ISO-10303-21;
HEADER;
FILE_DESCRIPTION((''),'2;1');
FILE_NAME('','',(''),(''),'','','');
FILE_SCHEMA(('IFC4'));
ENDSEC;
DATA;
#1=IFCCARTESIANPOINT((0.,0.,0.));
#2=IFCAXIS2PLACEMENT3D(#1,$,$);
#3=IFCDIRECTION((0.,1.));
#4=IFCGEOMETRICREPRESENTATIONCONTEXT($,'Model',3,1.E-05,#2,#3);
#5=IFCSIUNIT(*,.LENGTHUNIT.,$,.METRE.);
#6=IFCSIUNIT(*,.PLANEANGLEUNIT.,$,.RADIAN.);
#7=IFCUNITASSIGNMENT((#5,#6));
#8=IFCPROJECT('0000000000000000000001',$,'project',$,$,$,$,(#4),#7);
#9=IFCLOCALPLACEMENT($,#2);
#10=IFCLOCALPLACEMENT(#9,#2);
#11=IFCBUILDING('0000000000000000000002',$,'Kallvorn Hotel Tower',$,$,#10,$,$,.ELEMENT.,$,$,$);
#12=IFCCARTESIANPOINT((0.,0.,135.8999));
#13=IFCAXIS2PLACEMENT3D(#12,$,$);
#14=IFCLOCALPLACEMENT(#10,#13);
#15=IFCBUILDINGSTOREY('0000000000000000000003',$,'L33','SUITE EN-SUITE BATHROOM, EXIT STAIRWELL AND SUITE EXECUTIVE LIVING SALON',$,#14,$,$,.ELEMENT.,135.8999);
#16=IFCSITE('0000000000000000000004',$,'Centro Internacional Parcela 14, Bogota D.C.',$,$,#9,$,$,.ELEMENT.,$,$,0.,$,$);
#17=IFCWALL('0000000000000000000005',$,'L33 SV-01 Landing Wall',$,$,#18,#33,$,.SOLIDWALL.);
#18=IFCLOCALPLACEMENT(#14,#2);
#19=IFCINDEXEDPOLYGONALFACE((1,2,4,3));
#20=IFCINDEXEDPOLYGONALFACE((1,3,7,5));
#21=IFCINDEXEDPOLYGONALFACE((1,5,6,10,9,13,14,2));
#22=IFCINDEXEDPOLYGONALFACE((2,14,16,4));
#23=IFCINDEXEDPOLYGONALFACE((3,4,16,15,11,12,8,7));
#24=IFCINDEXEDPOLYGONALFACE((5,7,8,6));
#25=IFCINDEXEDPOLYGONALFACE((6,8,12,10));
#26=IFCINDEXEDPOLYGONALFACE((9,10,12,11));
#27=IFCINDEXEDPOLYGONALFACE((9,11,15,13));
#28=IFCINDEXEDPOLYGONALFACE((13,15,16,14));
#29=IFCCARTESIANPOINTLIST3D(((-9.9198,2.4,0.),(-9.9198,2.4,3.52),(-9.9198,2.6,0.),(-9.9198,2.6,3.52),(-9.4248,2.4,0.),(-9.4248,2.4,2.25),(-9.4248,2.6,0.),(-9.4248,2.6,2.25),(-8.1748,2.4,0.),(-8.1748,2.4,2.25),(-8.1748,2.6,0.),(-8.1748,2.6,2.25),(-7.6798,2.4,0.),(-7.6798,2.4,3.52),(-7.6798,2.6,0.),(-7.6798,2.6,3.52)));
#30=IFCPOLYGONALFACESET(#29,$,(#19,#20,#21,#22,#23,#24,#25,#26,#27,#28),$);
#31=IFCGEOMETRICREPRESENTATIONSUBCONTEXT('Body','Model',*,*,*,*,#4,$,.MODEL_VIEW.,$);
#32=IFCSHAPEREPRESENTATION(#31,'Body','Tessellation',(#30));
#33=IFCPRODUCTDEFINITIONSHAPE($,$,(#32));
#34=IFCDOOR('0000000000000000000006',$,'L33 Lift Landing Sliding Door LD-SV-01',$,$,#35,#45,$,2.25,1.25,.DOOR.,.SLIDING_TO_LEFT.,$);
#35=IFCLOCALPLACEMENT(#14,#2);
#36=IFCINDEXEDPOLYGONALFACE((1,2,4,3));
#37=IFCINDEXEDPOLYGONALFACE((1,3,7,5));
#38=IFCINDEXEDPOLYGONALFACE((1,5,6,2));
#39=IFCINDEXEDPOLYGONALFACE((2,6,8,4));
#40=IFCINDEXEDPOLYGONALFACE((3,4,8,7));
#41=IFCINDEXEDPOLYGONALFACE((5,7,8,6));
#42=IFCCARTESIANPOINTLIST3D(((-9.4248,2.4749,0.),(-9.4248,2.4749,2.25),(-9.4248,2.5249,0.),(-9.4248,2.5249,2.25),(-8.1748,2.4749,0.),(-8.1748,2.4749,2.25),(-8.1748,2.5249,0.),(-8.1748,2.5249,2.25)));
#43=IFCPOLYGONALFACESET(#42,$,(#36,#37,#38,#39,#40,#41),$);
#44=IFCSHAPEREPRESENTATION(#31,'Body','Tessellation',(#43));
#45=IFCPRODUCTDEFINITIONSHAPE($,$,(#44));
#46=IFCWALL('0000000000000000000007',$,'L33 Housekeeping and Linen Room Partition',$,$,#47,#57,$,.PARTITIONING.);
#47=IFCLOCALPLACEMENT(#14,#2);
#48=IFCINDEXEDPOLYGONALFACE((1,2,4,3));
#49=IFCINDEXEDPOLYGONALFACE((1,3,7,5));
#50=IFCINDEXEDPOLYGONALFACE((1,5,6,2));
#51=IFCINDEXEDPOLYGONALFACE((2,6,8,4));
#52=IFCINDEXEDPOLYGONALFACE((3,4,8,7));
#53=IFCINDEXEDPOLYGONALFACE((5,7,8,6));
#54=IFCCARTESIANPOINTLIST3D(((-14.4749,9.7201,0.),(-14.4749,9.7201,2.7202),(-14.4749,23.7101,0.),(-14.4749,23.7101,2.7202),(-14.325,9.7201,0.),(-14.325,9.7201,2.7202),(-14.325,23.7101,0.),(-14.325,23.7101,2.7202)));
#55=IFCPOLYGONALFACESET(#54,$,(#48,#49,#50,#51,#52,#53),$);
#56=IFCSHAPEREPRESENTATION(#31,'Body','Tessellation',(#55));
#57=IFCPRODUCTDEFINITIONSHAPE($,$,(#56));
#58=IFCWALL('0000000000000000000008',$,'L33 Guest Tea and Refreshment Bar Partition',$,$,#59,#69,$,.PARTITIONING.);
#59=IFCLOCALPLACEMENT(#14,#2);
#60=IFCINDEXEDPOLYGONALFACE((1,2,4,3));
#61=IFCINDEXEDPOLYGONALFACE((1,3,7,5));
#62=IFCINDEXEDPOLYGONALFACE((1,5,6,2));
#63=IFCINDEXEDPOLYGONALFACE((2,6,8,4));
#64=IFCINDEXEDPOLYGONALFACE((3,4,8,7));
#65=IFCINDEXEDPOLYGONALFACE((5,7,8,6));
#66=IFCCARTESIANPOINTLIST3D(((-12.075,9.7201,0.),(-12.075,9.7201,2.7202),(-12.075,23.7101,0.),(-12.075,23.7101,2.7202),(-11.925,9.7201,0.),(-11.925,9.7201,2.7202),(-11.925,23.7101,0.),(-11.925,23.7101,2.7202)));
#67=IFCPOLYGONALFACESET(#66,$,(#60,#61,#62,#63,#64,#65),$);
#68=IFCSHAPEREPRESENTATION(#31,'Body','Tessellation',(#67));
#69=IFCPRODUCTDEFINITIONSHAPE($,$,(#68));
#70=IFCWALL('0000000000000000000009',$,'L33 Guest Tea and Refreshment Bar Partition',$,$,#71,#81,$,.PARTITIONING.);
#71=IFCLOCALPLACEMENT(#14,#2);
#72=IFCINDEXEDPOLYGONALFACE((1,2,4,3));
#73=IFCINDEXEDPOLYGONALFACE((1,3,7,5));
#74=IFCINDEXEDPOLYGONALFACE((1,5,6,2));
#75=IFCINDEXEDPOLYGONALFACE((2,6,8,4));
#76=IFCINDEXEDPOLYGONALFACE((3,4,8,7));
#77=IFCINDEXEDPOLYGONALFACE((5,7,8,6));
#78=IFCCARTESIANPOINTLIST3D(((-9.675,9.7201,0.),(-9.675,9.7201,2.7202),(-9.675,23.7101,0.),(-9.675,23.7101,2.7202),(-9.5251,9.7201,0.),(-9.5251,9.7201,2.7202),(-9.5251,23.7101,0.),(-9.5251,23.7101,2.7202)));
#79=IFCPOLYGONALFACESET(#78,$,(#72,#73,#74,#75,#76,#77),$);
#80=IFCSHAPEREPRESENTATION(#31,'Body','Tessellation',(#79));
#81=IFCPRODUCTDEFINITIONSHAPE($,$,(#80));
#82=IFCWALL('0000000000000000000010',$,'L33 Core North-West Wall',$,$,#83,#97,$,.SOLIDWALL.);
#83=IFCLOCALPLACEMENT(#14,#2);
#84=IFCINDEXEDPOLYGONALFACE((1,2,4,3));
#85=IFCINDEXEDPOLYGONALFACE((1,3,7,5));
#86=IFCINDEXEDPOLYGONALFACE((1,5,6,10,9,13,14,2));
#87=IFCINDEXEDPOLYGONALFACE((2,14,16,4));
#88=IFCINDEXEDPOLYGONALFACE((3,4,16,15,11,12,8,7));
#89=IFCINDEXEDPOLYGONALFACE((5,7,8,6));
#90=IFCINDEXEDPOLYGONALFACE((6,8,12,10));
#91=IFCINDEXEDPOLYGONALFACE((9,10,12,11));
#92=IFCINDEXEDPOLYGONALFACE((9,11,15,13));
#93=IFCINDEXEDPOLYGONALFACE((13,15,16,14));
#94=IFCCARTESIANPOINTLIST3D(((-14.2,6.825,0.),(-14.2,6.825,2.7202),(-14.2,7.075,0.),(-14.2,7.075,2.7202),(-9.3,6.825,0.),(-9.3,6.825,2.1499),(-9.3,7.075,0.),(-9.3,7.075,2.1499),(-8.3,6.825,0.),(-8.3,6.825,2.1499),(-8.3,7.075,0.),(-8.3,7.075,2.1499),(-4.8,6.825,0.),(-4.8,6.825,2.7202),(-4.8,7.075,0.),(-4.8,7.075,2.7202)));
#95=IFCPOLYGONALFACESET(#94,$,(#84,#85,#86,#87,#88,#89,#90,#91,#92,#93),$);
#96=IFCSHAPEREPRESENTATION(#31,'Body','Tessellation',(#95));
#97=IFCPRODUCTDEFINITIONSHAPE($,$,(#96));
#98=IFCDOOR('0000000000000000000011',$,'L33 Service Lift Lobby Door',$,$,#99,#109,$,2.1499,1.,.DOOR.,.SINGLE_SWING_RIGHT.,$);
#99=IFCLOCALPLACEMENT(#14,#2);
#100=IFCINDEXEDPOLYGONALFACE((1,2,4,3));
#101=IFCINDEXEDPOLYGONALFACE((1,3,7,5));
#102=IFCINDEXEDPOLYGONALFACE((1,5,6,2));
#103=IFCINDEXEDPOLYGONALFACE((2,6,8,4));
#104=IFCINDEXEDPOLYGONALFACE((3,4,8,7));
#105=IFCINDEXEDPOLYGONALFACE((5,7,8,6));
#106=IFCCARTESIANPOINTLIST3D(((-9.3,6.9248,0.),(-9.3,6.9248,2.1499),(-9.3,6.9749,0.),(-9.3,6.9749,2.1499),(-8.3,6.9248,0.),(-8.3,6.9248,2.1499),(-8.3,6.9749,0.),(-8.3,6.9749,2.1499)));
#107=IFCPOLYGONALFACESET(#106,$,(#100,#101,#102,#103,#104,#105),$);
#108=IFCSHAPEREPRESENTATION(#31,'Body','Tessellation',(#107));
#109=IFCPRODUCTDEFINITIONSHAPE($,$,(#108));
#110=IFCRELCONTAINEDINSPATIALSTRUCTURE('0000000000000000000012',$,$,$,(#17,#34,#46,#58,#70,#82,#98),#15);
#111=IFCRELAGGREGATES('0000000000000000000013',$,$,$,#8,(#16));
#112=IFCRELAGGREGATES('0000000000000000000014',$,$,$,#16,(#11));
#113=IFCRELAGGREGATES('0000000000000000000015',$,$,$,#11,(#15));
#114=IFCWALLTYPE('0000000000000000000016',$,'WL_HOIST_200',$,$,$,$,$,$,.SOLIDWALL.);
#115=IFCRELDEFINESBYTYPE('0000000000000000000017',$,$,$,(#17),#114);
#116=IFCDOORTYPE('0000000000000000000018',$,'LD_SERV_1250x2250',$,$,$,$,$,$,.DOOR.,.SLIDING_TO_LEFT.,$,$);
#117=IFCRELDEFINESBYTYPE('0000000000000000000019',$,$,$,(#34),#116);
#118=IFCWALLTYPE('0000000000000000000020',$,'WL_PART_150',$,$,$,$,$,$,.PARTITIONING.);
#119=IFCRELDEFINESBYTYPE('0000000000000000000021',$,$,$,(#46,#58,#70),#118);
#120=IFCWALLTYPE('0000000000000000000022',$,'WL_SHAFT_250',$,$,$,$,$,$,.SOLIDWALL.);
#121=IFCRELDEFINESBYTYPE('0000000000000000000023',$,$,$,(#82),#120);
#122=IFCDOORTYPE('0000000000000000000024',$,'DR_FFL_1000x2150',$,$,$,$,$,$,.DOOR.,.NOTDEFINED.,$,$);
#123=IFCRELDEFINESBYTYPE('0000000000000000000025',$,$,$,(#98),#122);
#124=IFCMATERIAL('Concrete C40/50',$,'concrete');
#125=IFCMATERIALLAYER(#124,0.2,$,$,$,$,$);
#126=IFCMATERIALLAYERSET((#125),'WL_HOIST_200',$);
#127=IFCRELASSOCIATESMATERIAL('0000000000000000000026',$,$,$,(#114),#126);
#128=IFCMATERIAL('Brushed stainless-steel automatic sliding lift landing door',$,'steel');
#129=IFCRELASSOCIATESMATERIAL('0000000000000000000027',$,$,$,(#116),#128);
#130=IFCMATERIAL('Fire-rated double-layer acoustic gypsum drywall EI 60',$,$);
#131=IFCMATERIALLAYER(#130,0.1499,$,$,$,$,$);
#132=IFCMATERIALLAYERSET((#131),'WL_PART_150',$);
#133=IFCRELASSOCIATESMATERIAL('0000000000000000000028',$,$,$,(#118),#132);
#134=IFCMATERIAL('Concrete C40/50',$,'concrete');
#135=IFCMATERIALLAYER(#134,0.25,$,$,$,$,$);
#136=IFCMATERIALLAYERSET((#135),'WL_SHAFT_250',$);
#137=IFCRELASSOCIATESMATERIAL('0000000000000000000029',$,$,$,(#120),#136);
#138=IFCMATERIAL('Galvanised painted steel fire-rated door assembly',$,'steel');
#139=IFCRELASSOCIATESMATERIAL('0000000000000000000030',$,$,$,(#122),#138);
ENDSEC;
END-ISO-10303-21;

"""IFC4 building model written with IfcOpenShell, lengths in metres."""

from ifc_helpers import new_model, si_unit, direction, frame, frame_2d, origin, place, context, subcontext, project, spatial, rectangle, extrude, material, layer, layer_set, type_object, element, fill, save


model = new_model("IFC4")

# Units and contexts
model_context = context("Model", 3, precision=1e-05, world=origin(), true_north=direction((0.0, 1.0)))
body_context = subcontext(model_context, "Body", "Model", "MODEL_VIEW")
ifc_project = project(units=[si_unit("LENGTHUNIT", "METRE"), si_unit("PLANEANGLEUNIT", "RADIAN")], contexts=[model_context])

# Site, building, storey
site_placement = place(None, origin())
site = spatial("IfcSite", under=ifc_project, at=site_placement, Name="Centro Internacional Parcela 14, Bogota D.C.", CompositionType="ELEMENT", RefElevation=0.0)
building_placement = place(site_placement, origin())
building = spatial("IfcBuilding", under=site, at=building_placement, Name="Kallvorn Hotel Tower", CompositionType="ELEMENT")
storey_placement = place(building_placement, frame((0.0, 0.0, 135.8999)))
storey = spatial("IfcBuildingStorey", under=building, at=storey_placement, Name="L33", Description="SUITE EN-SUITE BATHROOM, EXIT STAIRWELL AND SUITE EXECUTIVE LIVING SALON", CompositionType="ELEMENT", Elevation=135.8999)

# Shared definitions
ifc_material_1 = material(Name="Concrete C40/50", Category="concrete")
ifc_layer_1 = layer(ifc_material_1, 0.2)
ifc_layer_set_1 = layer_set([ifc_layer_1], Name="WL_HOIST_200")
wall_type_1 = type_object("IfcWallType", Name="WL_HOIST_200", PredefinedType="SOLIDWALL", material=ifc_layer_set_1)

# Wall, opening, door
wall_1_placement = place(storey_placement, frame((-9.9199, 2.5, 0.0), z_axis=(0.0, 0.0, 1.0), x_axis=(1.0, 0.0, 0.0)))
wall_1 = element("IfcWall", 1, at=wall_1_placement, inside=storey, type_object=wall_type_1, Name="L33 SV-01 Landing Wall", PredefinedType="SOLIDWALL", context=body_context, shape_type="SweptSolid", body=[
    extrude(rectangle(XDim=2.24, YDim=0.2, at=frame_2d((1.1201, 0.0))), origin(), (0.0, 0.0, 1.0), 3.52),
])
opening_1_placement = place(wall_1_placement, frame((0.4951, 0.0, 0.0)))
opening_1 = element("IfcOpeningElement", 2, at=opening_1_placement, cuts=wall_1, PredefinedType="OPENING", context=body_context, shape_type="SweptSolid", body=[
    extrude(rectangle(XDim=1.25, YDim=2.25, at=frame_2d((0.625, 1.125))), frame((0.0, 0.115, 0.0), z_axis=(0.0, -1.0, 0.0), x_axis=(1.0, 0.0, 0.0)), (0.0, 0.0, 1.0), 0.23),
])
ifc_material_2 = material(Name="Brushed stainless-steel automatic sliding lift landing door", Category="steel")
door_type_1 = type_object("IfcDoorType", Name="LD_SERV_1250x2250", OperationType="SLIDING_TO_LEFT", PredefinedType="DOOR", material=ifc_material_2)
door_1_placement = place(opening_1_placement, origin())
door_1 = element("IfcDoor", 3, at=door_1_placement, inside=storey, type_object=door_type_1, Name="L33 Lift Landing Sliding Door LD-SV-01", OperationType="SLIDING_TO_LEFT", OverallHeight=2.25, OverallWidth=1.25, PredefinedType="DOOR", context=body_context, shape_type="SweptSolid", body=[
    extrude(rectangle(XDim=1.25, YDim=2.25, at=frame_2d((0.625, 1.125))), frame((0.0, 0.0249, 0.0), z_axis=(0.0, -1.0, 0.0), x_axis=(1.0, 0.0, 0.0)), (0.0, 0.0, 1.0), 0.05),
])
fill(opening_1, door_1)

# Walls
ifc_material_3 = material(Name="Fire-rated double-layer acoustic gypsum drywall EI 60")
ifc_layer_2 = layer(ifc_material_3, 0.1499)
ifc_layer_set_2 = layer_set([ifc_layer_2], Name="WL_PART_150")
wall_type_2 = type_object("IfcWallType", Name="WL_PART_150", PredefinedType="PARTITIONING", material=ifc_layer_set_2)
for number, where, z_axis, x_axis, name in (
    (4, (-14.3999, 9.72, 0.0), (0.0, 0.0, 1.0), (0.0, 1.0, 0.0), "L33 Housekeeping and Linen Room Partition"),
    (5, (-12.0, 9.72, 0.0), (0.0, 0.0, 1.0), (0.0, 1.0, 0.0), "L33 Guest Tea and Refreshment Bar Partition"),
    (6, (-9.6001, 9.72, 0.0), (0.0, 0.0, 1.0), (0.0, 1.0, 0.0), "L33 Guest Tea and Refreshment Bar Partition"),
):
    element("IfcWall", number, at=place(storey_placement, frame(where, z_axis=z_axis, x_axis=x_axis)), inside=storey, type_object=wall_type_2, Name=name, PredefinedType="PARTITIONING", context=body_context, shape_type="SweptSolid", body=[
        extrude(rectangle(XDim=13.99, YDim=0.1499, at=frame_2d((6.9951, 0.0))), origin(), (0.0, 0.0, 1.0), 2.7202),
    ])

# Wall, opening, door
ifc_material_4 = material(Name="Concrete C40/50", Category="concrete")
ifc_layer_3 = layer(ifc_material_4, 0.25)
ifc_layer_set_3 = layer_set([ifc_layer_3], Name="WL_SHAFT_250")
wall_type_3 = type_object("IfcWallType", Name="WL_SHAFT_250", PredefinedType="SOLIDWALL", material=ifc_layer_set_3)
wall_2_placement = place(storey_placement, frame((-14.2, 6.95, 0.0), z_axis=(0.0, 0.0, 1.0), x_axis=(1.0, 0.0, 0.0)))
wall_2 = element("IfcWall", 7, at=wall_2_placement, inside=storey, type_object=wall_type_3, Name="L33 Core North-West Wall", PredefinedType="SOLIDWALL", context=body_context, shape_type="SweptSolid", body=[
    extrude(rectangle(XDim=9.3999, YDim=0.25, at=frame_2d((4.7, 0.0))), origin(), (0.0, 0.0, 1.0), 2.7202),
])
opening_2_placement = place(wall_2_placement, frame((4.8999, 0.0, 0.0)))
opening_2 = element("IfcOpeningElement", 8, at=opening_2_placement, cuts=wall_2, PredefinedType="OPENING", context=body_context, shape_type="SweptSolid", body=[
    extrude(rectangle(XDim=1.0, YDim=2.1499, at=frame_2d((0.5, 1.075))), frame((0.0, 0.1399, 0.0), z_axis=(0.0, -1.0, 0.0), x_axis=(1.0, 0.0, 0.0)), (0.0, 0.0, 1.0), 0.28),
])
ifc_material_5 = material(Name="Galvanised painted steel fire-rated door assembly", Category="steel")
door_type_2 = type_object("IfcDoorType", Name="DR_FFL_1000x2150", OperationType="NOTDEFINED", PredefinedType="DOOR", material=ifc_material_5)
door_2_placement = place(opening_2_placement, origin())
door_2 = element("IfcDoor", 9, at=door_2_placement, inside=storey, type_object=door_type_2, Name="L33 Service Lift Lobby Door", OperationType="SINGLE_SWING_RIGHT", OverallHeight=2.1499, OverallWidth=1.0, PredefinedType="DOOR", context=body_context, shape_type="SweptSolid", body=[
    extrude(rectangle(XDim=1.0, YDim=2.1499, at=frame_2d((0.5, 1.075))), frame((0.0, 0.0249, 0.0), z_axis=(0.0, -1.0, 0.0), x_axis=(1.0, 0.0, 0.0)), (0.0, 0.0, 1.0), 0.05),
])
fill(opening_2, door_2)

save(model, "model.ifc")
